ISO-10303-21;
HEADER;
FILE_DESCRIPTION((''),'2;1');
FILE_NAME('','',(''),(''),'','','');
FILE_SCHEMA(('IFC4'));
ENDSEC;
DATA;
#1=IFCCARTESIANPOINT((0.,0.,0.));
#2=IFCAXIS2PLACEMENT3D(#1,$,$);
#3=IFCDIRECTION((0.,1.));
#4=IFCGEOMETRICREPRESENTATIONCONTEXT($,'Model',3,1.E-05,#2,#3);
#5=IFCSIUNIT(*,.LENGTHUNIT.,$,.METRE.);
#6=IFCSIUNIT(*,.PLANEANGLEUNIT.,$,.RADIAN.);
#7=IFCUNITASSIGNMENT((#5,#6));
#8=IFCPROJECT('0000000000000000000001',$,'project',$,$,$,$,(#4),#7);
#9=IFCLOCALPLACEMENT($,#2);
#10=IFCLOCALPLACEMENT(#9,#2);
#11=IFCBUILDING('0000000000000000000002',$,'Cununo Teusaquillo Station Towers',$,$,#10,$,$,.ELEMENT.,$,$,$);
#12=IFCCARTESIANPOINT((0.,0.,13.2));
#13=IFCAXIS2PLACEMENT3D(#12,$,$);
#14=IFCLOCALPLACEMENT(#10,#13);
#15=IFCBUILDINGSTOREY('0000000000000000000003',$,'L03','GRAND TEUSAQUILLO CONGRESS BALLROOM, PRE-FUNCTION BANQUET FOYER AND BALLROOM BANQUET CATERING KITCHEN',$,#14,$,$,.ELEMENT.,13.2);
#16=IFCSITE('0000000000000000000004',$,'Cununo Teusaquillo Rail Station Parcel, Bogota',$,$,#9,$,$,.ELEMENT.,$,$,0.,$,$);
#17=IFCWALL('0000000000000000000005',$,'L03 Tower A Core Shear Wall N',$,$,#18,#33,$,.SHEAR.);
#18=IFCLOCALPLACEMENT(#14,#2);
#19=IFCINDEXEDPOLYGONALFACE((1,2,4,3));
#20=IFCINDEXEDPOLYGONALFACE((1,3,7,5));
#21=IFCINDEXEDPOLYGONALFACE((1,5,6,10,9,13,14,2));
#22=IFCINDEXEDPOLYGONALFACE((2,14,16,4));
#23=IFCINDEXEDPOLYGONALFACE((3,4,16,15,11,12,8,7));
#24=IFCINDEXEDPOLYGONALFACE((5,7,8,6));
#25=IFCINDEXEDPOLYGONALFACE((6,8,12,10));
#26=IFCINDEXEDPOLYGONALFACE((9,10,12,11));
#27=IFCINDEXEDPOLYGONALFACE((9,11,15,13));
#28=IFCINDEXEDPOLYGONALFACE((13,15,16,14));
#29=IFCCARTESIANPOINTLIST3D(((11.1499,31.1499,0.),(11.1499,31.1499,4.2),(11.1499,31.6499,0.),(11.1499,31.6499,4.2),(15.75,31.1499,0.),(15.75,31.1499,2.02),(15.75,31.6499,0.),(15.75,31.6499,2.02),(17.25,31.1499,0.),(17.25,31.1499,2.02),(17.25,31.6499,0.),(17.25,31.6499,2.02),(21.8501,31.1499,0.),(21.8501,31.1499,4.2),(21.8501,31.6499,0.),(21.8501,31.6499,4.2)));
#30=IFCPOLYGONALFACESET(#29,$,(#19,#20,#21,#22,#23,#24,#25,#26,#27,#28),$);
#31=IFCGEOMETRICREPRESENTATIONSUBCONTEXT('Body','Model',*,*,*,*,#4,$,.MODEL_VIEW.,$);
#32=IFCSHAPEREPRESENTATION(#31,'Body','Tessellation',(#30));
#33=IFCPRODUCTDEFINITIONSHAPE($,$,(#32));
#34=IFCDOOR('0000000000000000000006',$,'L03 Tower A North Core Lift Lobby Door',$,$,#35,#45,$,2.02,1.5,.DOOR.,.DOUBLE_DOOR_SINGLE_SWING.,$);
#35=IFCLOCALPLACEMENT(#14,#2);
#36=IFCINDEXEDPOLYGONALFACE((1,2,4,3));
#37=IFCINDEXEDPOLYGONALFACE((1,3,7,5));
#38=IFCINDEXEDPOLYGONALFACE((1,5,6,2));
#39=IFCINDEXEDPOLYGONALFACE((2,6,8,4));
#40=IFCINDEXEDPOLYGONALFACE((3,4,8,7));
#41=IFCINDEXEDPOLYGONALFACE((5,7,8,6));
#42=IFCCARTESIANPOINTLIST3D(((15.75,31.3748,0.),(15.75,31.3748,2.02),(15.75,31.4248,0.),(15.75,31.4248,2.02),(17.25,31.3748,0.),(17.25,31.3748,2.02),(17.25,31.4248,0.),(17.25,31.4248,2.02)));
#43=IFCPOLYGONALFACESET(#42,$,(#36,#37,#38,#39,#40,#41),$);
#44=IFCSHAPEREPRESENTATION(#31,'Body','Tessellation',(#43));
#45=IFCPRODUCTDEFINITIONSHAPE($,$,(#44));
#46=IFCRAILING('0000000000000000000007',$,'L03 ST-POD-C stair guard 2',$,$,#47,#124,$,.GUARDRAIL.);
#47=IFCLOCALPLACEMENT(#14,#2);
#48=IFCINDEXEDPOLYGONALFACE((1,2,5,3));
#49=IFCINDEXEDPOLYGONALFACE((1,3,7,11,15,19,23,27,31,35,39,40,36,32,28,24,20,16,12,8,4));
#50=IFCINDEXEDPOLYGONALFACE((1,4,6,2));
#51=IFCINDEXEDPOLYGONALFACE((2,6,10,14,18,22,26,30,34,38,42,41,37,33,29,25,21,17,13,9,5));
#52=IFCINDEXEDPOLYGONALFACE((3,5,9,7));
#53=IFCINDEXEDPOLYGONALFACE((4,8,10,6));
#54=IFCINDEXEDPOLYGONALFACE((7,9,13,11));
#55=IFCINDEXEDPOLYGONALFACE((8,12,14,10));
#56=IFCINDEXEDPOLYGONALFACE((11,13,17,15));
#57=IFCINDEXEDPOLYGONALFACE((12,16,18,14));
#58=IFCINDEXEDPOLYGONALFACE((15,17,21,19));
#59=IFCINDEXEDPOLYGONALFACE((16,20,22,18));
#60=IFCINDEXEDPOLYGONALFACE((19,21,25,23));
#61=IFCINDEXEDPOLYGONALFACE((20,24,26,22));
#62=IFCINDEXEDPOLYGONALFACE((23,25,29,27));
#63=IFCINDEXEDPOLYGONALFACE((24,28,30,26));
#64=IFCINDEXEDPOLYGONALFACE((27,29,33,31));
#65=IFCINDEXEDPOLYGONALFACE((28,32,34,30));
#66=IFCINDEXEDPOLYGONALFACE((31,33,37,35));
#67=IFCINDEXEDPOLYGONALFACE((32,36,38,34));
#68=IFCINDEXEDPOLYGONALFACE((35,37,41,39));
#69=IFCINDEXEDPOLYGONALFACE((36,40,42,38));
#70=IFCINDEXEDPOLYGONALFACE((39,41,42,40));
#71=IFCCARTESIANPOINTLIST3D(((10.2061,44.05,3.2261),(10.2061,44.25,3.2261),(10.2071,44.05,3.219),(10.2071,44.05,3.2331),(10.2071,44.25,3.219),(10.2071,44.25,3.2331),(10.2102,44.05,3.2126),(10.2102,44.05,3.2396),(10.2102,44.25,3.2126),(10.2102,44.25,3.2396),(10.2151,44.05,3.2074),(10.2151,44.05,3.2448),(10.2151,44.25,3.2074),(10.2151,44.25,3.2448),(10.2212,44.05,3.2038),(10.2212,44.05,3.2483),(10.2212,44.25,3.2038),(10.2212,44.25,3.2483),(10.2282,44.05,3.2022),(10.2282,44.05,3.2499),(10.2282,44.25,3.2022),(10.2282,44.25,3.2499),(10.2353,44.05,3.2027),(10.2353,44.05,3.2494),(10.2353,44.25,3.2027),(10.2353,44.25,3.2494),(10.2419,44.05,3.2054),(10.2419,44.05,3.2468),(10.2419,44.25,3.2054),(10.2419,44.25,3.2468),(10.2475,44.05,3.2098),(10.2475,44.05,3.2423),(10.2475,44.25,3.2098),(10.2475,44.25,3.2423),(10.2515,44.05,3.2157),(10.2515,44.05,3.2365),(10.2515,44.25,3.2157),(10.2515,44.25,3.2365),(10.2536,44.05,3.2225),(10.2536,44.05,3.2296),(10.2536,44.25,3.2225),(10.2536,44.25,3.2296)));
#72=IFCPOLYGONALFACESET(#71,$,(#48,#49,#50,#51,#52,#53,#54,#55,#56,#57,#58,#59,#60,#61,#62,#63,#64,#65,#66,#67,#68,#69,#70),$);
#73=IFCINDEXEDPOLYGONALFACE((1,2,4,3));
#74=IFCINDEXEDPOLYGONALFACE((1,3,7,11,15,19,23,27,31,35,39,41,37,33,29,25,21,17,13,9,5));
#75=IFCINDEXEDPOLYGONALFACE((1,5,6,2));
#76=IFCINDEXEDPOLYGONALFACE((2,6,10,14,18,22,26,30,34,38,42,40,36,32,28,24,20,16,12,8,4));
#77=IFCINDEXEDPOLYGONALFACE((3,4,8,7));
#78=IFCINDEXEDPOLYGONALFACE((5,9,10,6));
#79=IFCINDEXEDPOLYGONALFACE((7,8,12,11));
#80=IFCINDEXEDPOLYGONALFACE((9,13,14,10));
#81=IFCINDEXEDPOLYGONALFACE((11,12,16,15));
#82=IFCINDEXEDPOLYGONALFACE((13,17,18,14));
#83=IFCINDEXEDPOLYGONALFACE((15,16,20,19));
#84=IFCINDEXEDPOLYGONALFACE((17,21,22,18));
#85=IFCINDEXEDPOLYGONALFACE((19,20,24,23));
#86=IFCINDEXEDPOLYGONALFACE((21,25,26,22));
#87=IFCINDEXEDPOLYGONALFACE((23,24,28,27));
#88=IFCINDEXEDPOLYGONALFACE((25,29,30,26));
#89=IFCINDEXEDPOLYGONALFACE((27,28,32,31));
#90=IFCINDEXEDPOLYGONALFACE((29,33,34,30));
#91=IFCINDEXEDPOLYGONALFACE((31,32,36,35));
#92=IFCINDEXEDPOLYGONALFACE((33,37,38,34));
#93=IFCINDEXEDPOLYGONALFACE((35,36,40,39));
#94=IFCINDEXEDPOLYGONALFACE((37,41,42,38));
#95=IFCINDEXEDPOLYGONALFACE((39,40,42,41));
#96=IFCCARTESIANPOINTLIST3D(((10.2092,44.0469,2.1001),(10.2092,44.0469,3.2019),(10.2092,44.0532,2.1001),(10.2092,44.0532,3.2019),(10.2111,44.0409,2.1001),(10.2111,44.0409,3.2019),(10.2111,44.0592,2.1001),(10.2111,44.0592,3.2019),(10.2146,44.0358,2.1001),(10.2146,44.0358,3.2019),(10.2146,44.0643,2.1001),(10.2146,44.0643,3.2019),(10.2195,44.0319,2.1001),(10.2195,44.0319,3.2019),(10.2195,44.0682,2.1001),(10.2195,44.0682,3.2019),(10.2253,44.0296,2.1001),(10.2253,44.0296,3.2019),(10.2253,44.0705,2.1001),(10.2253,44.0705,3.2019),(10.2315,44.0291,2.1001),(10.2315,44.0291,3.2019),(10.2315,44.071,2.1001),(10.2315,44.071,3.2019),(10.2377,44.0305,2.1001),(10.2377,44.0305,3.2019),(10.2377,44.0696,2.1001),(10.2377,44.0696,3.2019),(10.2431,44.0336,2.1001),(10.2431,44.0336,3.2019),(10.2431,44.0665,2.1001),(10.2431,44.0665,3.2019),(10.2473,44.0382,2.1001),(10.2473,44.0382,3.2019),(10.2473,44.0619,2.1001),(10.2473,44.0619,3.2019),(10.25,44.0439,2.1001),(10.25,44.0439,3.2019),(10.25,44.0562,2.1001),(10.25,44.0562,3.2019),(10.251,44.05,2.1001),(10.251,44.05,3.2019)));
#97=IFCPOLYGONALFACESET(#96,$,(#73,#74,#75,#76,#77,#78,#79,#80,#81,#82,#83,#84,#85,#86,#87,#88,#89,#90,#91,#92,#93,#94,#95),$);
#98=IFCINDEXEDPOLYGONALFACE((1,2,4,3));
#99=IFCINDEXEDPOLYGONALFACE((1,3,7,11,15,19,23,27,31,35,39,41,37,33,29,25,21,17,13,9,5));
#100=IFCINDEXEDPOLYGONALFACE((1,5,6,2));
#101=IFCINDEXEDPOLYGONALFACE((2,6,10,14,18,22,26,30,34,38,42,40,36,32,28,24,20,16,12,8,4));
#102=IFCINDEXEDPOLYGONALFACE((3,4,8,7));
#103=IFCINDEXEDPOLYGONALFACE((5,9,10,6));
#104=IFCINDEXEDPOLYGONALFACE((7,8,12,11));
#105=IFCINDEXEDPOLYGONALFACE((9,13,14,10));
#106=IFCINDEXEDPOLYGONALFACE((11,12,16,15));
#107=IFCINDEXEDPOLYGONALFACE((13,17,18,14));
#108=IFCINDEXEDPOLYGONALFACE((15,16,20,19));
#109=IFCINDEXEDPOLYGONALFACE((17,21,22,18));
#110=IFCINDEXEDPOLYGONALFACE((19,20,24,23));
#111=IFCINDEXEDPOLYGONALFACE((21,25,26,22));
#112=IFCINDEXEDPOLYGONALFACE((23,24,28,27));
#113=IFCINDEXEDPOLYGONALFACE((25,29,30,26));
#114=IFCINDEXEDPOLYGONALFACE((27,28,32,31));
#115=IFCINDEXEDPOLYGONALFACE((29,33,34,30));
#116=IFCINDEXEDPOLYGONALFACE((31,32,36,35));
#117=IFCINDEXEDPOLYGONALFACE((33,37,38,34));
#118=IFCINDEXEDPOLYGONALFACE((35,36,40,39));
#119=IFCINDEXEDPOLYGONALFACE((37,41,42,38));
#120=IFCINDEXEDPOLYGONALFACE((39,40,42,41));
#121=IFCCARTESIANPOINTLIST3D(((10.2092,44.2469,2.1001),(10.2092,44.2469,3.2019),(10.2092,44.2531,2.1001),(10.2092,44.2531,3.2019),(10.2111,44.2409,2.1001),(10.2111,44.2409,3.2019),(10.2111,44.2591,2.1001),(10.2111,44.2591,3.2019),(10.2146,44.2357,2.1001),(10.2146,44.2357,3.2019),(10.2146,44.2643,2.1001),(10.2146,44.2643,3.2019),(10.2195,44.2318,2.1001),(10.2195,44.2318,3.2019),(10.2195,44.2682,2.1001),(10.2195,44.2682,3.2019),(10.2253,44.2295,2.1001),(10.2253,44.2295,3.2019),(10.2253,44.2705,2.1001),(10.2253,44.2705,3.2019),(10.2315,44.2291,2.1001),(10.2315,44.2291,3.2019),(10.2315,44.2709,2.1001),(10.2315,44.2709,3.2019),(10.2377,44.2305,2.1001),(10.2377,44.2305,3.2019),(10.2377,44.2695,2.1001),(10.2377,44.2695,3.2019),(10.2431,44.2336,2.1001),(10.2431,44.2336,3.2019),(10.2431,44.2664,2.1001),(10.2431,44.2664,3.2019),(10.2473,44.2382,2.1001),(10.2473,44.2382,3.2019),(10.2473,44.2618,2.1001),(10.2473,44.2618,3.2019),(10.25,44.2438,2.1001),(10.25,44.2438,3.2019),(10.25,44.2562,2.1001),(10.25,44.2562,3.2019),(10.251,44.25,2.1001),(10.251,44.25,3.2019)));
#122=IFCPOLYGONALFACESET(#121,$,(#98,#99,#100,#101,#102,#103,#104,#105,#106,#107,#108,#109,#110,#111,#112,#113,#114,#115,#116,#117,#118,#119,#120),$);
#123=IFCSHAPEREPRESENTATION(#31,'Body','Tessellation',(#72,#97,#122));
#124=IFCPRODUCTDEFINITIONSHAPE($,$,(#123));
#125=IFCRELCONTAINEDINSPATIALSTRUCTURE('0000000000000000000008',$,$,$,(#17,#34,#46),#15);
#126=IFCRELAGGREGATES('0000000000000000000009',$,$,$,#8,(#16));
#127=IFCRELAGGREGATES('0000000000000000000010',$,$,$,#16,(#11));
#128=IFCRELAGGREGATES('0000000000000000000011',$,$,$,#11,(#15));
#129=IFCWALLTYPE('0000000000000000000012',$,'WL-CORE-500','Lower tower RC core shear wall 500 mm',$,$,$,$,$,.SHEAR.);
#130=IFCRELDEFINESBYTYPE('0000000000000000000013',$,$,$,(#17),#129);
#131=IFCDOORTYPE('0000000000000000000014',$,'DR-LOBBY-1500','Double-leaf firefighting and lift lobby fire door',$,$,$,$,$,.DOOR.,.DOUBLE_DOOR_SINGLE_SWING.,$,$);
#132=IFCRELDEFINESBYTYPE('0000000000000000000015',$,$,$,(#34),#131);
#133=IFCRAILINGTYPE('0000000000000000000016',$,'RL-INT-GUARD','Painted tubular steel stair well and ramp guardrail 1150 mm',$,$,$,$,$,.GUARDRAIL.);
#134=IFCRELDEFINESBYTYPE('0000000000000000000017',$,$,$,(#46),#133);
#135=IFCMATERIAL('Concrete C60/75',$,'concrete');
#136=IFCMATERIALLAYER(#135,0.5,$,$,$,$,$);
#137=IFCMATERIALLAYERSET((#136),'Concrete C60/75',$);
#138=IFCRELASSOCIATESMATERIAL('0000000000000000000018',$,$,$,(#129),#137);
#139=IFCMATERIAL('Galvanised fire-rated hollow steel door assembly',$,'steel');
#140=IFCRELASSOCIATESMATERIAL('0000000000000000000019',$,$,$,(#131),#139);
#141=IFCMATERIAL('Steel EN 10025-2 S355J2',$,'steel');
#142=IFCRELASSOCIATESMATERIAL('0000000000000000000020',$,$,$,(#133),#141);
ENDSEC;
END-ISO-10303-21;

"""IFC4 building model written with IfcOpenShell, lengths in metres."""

from ifc_helpers import new_model, si_unit, direction, frame, frame_2d, origin, origin_2d, place, context, subcontext, project, spatial, rectangle, circle, extrude, source, transform, mapped, material, layer, layer_set, type_object, element, fill, save


model = new_model("IFC4")

# Units and contexts
model_context = context("Model", 3, precision=1e-05, world=origin(), true_north=direction((0.0, 1.0)))
body_context = subcontext(model_context, "Body", "Model", "MODEL_VIEW")
ifc_project = project(units=[si_unit("LENGTHUNIT", "METRE"), si_unit("PLANEANGLEUNIT", "RADIAN")], contexts=[model_context])

# Site, building, storey
site_placement = place(None, origin())
site = spatial("IfcSite", under=ifc_project, at=site_placement, Name="Cununo Teusaquillo Rail Station Parcel, Bogota", CompositionType="ELEMENT", RefElevation=0.0)
building_placement = place(site_placement, origin())
building = spatial("IfcBuilding", under=site, at=building_placement, Name="Cununo Teusaquillo Station Towers", CompositionType="ELEMENT")
storey_placement = place(building_placement, frame((0.0, 0.0, 13.2)))
storey = spatial("IfcBuildingStorey", under=building, at=storey_placement, Name="L03", Description="GRAND TEUSAQUILLO CONGRESS BALLROOM, PRE-FUNCTION BANQUET FOYER AND BALLROOM BANQUET CATERING KITCHEN", CompositionType="ELEMENT", Elevation=13.2)

# Wall, opening, door
ifc_material_1 = material(Name="Concrete C60/75", Category="concrete")
ifc_layer_1 = layer(ifc_material_1, 0.5)
ifc_layer_set_1 = layer_set([ifc_layer_1], Name="Concrete C60/75")
wall_type_1 = type_object("IfcWallType", Name="WL-CORE-500", Description="Lower tower RC core shear wall 500 mm", PredefinedType="SHEAR", material=ifc_layer_set_1)
wall_1_placement = place(storey_placement, frame((11.1499, 31.3999, 0.0), z_axis=(0.0, 0.0, 1.0), x_axis=(1.0, 0.0, 0.0)))
wall_1 = element("IfcWall", 1, at=wall_1_placement, inside=storey, type_object=wall_type_1, Name="L03 Tower A Core Shear Wall N", PredefinedType="SHEAR", context=body_context, shape_type="SweptSolid", body=[
    extrude(rectangle(XDim=10.7002, YDim=0.5, at=frame_2d((5.3501, 0.0))), origin(), (0.0, 0.0, 1.0), 4.2),
])
shared_shape_1 = source(origin(), body_context, "Body", "SweptSolid", [
    extrude(rectangle(XDim=1.5, YDim=2.02, at=frame_2d((0.75, 1.01))), frame((0.0, 0.26, 0.0), z_axis=(0.0, -1.0, 0.0), x_axis=(1.0, 0.0, 0.0)), (0.0, 0.0, 1.0), 0.52),
])
opening_1_placement = place(wall_1_placement, frame((4.6001, 0.0, 0.0)))
opening_1 = element("IfcOpeningElement", 2, at=opening_1_placement, cuts=wall_1, PredefinedType="OPENING", context=body_context, shape_type="MappedRepresentation", body=[
    mapped(shared_shape_1, transform((0.0, 0.0, 0.0), x_axis=(1.0, 0.0, 0.0), y_axis=(0.0, 1.0, 0.0), z_axis=(0.0, 0.0, 1.0), scale=1.0)),
])
ifc_material_2 = material(Name="Galvanised fire-rated hollow steel door assembly", Category="steel")
door_type_1 = type_object("IfcDoorType", Name="DR-LOBBY-1500", Description="Double-leaf firefighting and lift lobby fire door", OperationType="DOUBLE_DOOR_SINGLE_SWING", PredefinedType="DOOR", material=ifc_material_2)
shared_shape_2 = source(origin(), body_context, "Body", "SweptSolid", [
    extrude(rectangle(XDim=1.5, YDim=2.02, at=frame_2d((0.75, 1.01))), frame((0.0, 0.0249, 0.0), z_axis=(0.0, -1.0, 0.0), x_axis=(1.0, 0.0, 0.0)), (0.0, 0.0, 1.0), 0.05),
])
door_1_placement = place(opening_1_placement, origin())
door_1 = element("IfcDoor", 3, at=door_1_placement, inside=storey, type_object=door_type_1, Name="L03 Tower A North Core Lift Lobby Door", OperationType="DOUBLE_DOOR_SINGLE_SWING", OverallHeight=2.02, OverallWidth=1.5, PredefinedType="DOOR", context=body_context, shape_type="MappedRepresentation", body=[
    mapped(shared_shape_2, transform((0.0, 0.0, 0.0), x_axis=(1.0, 0.0, 0.0), y_axis=(0.0, 1.0, 0.0), z_axis=(0.0, 0.0, 1.0), scale=1.0)),
])
fill(opening_1, door_1)

# Railing
ifc_material_3 = material(Name="Steel EN 10025-2 S355J2", Category="steel")
railing_type_1 = type_object("IfcRailingType", Name="RL-INT-GUARD", Description="Painted tubular steel stair well and ramp guardrail 1150 mm", PredefinedType="GUARDRAIL", material=ifc_material_3)
railing_1_placement = place(storey_placement, frame((10.23, 44.05, 2.1001)))
element("IfcRailing", 4, at=railing_1_placement, inside=storey, type_object=railing_type_1, Name="L03 ST-POD-C stair guard 2", PredefinedType="GUARDRAIL", context=body_context, shape_type="SweptSolid", body=[
    extrude(circle(Radius=0.0239, at=origin_2d()), frame((0.0, 0.0, 1.126), z_axis=(0.0, 1.0, 0.0), x_axis=(-1.0, 0.0, 0.0)), (0.0, 0.0, 1.0), 0.2),
    extrude(circle(Radius=0.021, at=origin_2d()), origin(), (0.0, 0.0, 1.0), 1.1018),
    extrude(circle(Radius=0.021, at=origin_2d()), frame((0.0, 0.2, 0.0)), (0.0, 0.0, 1.0), 1.1018),
])

save(model, "model.ifc")
